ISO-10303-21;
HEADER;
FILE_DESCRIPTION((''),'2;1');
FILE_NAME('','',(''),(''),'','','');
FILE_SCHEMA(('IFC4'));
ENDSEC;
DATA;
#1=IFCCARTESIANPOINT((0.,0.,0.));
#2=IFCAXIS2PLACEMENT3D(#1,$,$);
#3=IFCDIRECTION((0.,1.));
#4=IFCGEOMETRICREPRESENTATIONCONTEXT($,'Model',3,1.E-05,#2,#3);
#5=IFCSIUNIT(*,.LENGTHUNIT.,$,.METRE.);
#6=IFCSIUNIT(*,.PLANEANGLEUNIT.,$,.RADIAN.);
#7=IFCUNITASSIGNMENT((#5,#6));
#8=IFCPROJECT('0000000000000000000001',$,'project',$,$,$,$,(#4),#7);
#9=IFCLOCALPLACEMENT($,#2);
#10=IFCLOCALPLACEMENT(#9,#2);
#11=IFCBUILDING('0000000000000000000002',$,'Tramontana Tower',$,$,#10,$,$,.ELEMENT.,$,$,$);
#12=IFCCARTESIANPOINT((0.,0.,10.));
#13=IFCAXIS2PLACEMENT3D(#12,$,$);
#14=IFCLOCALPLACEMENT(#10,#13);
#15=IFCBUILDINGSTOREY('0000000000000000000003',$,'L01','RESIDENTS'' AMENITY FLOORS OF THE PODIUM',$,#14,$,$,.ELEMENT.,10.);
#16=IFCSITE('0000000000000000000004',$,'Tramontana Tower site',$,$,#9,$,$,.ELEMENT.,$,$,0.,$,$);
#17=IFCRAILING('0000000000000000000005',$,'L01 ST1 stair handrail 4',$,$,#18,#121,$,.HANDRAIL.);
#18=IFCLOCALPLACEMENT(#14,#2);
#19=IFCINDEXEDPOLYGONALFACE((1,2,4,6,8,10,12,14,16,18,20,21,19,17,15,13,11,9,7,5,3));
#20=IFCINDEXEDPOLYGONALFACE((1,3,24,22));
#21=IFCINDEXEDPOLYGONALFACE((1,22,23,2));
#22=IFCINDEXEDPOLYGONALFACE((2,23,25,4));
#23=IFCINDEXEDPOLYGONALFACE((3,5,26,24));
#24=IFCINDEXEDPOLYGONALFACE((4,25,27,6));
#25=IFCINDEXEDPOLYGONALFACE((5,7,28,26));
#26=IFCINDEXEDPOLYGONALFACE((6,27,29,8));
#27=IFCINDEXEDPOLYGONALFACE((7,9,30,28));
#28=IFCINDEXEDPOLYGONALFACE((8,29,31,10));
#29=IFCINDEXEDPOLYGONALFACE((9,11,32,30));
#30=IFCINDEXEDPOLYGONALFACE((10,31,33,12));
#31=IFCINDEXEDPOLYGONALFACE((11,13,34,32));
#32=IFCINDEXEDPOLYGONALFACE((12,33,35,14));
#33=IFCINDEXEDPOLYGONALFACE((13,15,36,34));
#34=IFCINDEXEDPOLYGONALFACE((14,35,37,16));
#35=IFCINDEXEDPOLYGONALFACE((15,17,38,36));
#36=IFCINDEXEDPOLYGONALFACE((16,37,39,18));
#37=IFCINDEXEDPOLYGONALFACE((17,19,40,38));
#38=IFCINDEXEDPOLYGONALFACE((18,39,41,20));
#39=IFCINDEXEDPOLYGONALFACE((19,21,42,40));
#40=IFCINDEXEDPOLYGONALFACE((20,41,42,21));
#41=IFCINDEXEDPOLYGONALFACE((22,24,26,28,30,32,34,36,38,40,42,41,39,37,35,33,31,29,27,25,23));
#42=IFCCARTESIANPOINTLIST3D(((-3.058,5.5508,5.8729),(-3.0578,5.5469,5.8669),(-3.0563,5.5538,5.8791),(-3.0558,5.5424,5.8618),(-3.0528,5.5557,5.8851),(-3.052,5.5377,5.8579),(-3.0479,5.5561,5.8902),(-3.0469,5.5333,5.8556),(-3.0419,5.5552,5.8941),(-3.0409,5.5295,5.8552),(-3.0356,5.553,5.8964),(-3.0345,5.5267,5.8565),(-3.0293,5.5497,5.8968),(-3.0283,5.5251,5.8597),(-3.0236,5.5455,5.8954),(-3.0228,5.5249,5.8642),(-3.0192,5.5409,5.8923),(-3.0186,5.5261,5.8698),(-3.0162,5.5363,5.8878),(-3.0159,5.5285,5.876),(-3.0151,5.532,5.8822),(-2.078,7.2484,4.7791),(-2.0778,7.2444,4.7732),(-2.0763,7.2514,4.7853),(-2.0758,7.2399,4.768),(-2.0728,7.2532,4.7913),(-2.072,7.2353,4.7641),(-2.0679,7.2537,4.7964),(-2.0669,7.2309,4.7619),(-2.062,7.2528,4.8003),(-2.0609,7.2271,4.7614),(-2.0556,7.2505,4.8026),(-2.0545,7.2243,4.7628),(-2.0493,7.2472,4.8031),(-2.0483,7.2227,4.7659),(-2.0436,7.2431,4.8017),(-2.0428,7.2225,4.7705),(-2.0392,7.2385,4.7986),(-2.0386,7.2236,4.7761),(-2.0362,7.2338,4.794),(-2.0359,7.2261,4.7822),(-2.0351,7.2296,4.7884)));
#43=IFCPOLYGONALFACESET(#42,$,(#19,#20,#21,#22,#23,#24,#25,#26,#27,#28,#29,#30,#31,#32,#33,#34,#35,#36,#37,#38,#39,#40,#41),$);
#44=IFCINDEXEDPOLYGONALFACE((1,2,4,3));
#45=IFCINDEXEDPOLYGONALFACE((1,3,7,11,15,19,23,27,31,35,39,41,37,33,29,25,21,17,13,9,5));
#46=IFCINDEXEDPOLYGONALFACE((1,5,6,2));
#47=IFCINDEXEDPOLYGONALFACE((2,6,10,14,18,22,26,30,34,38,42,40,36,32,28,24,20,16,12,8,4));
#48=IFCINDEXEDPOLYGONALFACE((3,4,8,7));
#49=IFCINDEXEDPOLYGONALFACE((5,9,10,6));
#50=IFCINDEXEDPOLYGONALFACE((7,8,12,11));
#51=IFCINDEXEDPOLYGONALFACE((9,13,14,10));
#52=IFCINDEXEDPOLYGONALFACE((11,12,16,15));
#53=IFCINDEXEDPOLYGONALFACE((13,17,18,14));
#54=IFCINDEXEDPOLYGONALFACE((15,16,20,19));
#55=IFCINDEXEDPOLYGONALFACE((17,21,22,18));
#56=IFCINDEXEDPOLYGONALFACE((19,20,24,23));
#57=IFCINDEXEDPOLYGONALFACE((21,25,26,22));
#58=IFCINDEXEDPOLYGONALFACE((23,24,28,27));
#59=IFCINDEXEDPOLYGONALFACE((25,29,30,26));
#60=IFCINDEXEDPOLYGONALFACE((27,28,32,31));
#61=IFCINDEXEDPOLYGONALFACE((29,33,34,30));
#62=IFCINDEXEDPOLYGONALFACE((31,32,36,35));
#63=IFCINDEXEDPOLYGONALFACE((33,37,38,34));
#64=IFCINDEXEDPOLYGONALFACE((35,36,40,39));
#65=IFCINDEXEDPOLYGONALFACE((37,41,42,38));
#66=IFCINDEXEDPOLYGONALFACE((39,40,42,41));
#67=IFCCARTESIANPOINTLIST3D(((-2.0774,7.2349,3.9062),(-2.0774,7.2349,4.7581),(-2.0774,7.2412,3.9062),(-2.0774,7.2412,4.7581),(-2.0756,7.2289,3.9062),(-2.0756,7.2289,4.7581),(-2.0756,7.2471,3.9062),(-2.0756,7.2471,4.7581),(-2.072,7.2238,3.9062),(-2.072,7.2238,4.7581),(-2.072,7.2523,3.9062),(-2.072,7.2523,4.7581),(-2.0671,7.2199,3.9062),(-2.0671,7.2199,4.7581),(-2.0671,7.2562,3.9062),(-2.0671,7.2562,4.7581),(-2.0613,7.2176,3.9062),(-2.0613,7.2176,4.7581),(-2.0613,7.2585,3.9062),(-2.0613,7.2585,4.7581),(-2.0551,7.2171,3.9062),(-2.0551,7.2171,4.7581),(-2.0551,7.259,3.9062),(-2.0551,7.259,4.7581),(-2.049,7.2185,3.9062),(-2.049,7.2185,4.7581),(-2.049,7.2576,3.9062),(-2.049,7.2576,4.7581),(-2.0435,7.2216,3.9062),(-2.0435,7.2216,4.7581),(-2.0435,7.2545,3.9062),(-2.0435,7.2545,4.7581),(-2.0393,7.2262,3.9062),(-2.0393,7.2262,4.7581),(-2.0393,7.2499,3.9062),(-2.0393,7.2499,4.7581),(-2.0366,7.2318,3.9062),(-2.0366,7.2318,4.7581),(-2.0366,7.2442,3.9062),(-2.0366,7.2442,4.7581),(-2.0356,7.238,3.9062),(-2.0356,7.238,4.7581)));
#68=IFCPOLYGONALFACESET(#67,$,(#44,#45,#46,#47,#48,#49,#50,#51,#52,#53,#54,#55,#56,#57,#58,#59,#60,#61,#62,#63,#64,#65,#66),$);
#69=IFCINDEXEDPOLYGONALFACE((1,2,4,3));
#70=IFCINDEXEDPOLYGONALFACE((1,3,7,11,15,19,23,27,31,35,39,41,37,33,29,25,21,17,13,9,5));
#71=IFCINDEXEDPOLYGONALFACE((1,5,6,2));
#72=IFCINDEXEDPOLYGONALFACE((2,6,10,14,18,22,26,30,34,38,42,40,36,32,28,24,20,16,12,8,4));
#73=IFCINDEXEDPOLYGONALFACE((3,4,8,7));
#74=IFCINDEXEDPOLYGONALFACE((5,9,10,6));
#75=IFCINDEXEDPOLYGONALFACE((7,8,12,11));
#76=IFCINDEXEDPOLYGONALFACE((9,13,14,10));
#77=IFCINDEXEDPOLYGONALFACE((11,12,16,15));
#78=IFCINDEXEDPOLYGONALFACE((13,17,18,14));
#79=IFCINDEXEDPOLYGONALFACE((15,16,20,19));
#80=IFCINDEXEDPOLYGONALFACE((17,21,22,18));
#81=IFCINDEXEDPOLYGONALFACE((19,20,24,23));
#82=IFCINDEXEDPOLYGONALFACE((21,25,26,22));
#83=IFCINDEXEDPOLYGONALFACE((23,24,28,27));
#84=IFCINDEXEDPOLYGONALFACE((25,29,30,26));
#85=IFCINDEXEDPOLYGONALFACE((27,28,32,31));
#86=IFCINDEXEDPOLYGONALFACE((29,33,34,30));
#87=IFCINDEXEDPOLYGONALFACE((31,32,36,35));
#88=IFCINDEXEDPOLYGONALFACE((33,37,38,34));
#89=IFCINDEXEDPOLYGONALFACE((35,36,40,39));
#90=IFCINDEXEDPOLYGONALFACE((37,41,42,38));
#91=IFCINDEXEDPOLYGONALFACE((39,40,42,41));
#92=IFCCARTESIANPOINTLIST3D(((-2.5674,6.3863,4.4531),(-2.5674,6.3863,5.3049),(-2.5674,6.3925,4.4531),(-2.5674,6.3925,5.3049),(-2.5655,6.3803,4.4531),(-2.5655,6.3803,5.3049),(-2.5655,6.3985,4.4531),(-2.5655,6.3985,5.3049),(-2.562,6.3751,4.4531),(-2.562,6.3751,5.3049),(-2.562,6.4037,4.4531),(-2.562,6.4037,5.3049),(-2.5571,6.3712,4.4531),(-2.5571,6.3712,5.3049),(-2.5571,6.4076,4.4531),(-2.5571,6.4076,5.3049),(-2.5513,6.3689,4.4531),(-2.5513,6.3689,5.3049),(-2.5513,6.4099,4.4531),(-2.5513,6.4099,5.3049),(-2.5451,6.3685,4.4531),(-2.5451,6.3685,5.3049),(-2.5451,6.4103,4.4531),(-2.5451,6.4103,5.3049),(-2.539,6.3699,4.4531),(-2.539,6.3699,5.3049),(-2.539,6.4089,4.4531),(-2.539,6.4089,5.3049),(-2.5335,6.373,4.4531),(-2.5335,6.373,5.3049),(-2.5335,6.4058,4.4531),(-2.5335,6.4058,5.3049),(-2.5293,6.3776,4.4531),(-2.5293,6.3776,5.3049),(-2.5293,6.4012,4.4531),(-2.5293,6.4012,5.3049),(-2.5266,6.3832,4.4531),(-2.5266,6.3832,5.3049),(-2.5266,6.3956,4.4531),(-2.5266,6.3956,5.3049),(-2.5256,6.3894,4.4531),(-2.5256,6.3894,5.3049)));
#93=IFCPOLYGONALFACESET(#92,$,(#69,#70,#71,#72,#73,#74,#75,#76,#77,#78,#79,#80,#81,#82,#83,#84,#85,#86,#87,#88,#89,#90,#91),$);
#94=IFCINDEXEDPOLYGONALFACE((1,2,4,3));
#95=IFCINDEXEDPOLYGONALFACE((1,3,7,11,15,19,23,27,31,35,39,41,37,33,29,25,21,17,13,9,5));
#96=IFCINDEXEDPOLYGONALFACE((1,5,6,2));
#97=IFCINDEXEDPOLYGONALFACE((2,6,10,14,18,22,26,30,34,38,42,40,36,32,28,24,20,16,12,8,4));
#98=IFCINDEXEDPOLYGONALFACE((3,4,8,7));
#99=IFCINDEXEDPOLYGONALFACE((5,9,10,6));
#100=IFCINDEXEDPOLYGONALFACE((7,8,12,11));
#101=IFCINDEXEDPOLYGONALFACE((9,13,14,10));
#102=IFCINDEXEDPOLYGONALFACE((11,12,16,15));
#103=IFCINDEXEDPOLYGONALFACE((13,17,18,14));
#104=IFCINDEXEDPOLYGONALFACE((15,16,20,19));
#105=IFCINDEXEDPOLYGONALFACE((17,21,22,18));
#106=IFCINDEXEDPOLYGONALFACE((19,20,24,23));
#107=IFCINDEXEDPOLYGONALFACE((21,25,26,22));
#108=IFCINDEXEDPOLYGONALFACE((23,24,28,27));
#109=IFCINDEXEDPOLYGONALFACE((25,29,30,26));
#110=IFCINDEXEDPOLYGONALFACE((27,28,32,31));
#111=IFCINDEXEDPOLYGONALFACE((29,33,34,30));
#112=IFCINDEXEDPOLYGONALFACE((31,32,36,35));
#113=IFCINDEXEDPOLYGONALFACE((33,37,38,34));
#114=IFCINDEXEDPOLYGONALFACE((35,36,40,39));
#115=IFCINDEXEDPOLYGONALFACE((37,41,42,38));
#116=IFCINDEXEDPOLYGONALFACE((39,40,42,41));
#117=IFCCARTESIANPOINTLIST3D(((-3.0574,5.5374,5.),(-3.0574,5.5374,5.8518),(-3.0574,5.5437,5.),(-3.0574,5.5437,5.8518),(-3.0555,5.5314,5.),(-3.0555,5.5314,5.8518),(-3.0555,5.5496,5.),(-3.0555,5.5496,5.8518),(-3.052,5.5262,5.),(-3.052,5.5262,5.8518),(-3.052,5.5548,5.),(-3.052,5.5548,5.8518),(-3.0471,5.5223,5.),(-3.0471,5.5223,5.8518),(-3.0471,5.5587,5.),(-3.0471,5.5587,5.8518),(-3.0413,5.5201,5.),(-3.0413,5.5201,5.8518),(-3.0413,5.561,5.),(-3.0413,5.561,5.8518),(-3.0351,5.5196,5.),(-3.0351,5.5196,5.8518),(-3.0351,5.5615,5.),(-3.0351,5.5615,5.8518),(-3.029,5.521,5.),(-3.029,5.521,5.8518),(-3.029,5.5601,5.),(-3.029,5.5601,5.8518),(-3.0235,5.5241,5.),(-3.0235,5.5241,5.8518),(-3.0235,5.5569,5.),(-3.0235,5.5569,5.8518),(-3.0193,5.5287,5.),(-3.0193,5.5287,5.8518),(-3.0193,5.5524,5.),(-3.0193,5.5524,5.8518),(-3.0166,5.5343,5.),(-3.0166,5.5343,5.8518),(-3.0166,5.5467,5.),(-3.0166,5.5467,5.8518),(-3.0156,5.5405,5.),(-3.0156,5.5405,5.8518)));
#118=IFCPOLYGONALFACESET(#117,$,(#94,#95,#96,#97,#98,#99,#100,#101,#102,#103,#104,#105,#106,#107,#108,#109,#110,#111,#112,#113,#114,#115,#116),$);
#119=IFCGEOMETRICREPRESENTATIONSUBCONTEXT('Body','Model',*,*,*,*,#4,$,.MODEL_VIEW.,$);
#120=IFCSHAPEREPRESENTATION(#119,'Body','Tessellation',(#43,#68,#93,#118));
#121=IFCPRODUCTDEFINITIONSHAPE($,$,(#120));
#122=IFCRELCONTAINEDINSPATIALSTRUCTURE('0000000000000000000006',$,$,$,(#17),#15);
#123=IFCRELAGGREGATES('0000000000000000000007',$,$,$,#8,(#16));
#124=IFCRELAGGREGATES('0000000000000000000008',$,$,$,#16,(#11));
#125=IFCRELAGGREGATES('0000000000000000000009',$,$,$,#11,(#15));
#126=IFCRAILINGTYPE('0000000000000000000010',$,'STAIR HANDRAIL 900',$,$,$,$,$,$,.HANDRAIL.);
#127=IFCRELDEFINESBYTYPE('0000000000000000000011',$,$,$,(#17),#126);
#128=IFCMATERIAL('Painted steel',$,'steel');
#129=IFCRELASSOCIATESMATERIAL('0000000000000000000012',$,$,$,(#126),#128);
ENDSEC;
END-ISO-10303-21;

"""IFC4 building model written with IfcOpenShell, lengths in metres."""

from ifc_helpers import new_model, si_unit, direction, frame, origin, origin_2d, place, context, subcontext, project, spatial, circle, extrude, material, type_object, element, save


model = new_model("IFC4")

# Units and contexts
model_context = context("Model", 3, precision=1e-05, world=origin(), true_north=direction((0.0, 1.0)))
body_context = subcontext(model_context, "Body", "Model", "MODEL_VIEW")
ifc_project = project(units=[si_unit("LENGTHUNIT", "METRE"), si_unit("PLANEANGLEUNIT", "RADIAN")], contexts=[model_context])

# Site, building, storey
site_placement = place(None, origin())
site = spatial("IfcSite", under=ifc_project, at=site_placement, Name="Tramontana Tower site", CompositionType="ELEMENT", RefElevation=0.0)
building_placement = place(site_placement, origin())
building = spatial("IfcBuilding", under=site, at=building_placement, Name="Tramontana Tower", CompositionType="ELEMENT")
storey_placement = place(building_placement, frame((0.0, 0.0, 10.0)))
storey = spatial("IfcBuildingStorey", under=building, at=storey_placement, Name="L01", Description="RESIDENTS' AMENITY FLOORS OF THE PODIUM", CompositionType="ELEMENT", Elevation=10.0)

# Railing
ifc_material_1 = material(Name="Painted steel", Category="steel")
railing_type_1 = type_object("IfcRailingType", Name="STAIR HANDRAIL 900", PredefinedType="HANDRAIL", material=ifc_material_1)
railing_1_placement = place(storey_placement, frame((-2.0566, 7.238, 3.9062)))
element("IfcRailing", 1, at=railing_1_placement, inside=storey, type_object=railing_type_1, Name="L01 ST1 stair handrail 4", PredefinedType="HANDRAIL", context=body_context, shape_type="SweptSolid", body=[
    extrude(circle(Radius=0.0239, at=origin_2d()), frame((0.0, 0.0, 0.876), z_axis=(-0.436596, -0.756267, 0.487282), x_axis=(0.866042, -0.49997, 0.0)), (0.0, 0.0, 1.0), 2.2446),
    extrude(circle(Radius=0.021, at=origin_2d()), origin(), (0.0, 0.0, 1.0), 0.8518),
    extrude(circle(Radius=0.021, at=origin_2d()), frame((-0.49, -0.8486, 0.5469)), (0.0, 0.0, 1.0), 0.8518),
    extrude(circle(Radius=0.021, at=origin_2d()), frame((-0.98, -1.6975, 1.0938)), (0.0, 0.0, 1.0), 0.8518),
])

save(model, "model.ifc")
